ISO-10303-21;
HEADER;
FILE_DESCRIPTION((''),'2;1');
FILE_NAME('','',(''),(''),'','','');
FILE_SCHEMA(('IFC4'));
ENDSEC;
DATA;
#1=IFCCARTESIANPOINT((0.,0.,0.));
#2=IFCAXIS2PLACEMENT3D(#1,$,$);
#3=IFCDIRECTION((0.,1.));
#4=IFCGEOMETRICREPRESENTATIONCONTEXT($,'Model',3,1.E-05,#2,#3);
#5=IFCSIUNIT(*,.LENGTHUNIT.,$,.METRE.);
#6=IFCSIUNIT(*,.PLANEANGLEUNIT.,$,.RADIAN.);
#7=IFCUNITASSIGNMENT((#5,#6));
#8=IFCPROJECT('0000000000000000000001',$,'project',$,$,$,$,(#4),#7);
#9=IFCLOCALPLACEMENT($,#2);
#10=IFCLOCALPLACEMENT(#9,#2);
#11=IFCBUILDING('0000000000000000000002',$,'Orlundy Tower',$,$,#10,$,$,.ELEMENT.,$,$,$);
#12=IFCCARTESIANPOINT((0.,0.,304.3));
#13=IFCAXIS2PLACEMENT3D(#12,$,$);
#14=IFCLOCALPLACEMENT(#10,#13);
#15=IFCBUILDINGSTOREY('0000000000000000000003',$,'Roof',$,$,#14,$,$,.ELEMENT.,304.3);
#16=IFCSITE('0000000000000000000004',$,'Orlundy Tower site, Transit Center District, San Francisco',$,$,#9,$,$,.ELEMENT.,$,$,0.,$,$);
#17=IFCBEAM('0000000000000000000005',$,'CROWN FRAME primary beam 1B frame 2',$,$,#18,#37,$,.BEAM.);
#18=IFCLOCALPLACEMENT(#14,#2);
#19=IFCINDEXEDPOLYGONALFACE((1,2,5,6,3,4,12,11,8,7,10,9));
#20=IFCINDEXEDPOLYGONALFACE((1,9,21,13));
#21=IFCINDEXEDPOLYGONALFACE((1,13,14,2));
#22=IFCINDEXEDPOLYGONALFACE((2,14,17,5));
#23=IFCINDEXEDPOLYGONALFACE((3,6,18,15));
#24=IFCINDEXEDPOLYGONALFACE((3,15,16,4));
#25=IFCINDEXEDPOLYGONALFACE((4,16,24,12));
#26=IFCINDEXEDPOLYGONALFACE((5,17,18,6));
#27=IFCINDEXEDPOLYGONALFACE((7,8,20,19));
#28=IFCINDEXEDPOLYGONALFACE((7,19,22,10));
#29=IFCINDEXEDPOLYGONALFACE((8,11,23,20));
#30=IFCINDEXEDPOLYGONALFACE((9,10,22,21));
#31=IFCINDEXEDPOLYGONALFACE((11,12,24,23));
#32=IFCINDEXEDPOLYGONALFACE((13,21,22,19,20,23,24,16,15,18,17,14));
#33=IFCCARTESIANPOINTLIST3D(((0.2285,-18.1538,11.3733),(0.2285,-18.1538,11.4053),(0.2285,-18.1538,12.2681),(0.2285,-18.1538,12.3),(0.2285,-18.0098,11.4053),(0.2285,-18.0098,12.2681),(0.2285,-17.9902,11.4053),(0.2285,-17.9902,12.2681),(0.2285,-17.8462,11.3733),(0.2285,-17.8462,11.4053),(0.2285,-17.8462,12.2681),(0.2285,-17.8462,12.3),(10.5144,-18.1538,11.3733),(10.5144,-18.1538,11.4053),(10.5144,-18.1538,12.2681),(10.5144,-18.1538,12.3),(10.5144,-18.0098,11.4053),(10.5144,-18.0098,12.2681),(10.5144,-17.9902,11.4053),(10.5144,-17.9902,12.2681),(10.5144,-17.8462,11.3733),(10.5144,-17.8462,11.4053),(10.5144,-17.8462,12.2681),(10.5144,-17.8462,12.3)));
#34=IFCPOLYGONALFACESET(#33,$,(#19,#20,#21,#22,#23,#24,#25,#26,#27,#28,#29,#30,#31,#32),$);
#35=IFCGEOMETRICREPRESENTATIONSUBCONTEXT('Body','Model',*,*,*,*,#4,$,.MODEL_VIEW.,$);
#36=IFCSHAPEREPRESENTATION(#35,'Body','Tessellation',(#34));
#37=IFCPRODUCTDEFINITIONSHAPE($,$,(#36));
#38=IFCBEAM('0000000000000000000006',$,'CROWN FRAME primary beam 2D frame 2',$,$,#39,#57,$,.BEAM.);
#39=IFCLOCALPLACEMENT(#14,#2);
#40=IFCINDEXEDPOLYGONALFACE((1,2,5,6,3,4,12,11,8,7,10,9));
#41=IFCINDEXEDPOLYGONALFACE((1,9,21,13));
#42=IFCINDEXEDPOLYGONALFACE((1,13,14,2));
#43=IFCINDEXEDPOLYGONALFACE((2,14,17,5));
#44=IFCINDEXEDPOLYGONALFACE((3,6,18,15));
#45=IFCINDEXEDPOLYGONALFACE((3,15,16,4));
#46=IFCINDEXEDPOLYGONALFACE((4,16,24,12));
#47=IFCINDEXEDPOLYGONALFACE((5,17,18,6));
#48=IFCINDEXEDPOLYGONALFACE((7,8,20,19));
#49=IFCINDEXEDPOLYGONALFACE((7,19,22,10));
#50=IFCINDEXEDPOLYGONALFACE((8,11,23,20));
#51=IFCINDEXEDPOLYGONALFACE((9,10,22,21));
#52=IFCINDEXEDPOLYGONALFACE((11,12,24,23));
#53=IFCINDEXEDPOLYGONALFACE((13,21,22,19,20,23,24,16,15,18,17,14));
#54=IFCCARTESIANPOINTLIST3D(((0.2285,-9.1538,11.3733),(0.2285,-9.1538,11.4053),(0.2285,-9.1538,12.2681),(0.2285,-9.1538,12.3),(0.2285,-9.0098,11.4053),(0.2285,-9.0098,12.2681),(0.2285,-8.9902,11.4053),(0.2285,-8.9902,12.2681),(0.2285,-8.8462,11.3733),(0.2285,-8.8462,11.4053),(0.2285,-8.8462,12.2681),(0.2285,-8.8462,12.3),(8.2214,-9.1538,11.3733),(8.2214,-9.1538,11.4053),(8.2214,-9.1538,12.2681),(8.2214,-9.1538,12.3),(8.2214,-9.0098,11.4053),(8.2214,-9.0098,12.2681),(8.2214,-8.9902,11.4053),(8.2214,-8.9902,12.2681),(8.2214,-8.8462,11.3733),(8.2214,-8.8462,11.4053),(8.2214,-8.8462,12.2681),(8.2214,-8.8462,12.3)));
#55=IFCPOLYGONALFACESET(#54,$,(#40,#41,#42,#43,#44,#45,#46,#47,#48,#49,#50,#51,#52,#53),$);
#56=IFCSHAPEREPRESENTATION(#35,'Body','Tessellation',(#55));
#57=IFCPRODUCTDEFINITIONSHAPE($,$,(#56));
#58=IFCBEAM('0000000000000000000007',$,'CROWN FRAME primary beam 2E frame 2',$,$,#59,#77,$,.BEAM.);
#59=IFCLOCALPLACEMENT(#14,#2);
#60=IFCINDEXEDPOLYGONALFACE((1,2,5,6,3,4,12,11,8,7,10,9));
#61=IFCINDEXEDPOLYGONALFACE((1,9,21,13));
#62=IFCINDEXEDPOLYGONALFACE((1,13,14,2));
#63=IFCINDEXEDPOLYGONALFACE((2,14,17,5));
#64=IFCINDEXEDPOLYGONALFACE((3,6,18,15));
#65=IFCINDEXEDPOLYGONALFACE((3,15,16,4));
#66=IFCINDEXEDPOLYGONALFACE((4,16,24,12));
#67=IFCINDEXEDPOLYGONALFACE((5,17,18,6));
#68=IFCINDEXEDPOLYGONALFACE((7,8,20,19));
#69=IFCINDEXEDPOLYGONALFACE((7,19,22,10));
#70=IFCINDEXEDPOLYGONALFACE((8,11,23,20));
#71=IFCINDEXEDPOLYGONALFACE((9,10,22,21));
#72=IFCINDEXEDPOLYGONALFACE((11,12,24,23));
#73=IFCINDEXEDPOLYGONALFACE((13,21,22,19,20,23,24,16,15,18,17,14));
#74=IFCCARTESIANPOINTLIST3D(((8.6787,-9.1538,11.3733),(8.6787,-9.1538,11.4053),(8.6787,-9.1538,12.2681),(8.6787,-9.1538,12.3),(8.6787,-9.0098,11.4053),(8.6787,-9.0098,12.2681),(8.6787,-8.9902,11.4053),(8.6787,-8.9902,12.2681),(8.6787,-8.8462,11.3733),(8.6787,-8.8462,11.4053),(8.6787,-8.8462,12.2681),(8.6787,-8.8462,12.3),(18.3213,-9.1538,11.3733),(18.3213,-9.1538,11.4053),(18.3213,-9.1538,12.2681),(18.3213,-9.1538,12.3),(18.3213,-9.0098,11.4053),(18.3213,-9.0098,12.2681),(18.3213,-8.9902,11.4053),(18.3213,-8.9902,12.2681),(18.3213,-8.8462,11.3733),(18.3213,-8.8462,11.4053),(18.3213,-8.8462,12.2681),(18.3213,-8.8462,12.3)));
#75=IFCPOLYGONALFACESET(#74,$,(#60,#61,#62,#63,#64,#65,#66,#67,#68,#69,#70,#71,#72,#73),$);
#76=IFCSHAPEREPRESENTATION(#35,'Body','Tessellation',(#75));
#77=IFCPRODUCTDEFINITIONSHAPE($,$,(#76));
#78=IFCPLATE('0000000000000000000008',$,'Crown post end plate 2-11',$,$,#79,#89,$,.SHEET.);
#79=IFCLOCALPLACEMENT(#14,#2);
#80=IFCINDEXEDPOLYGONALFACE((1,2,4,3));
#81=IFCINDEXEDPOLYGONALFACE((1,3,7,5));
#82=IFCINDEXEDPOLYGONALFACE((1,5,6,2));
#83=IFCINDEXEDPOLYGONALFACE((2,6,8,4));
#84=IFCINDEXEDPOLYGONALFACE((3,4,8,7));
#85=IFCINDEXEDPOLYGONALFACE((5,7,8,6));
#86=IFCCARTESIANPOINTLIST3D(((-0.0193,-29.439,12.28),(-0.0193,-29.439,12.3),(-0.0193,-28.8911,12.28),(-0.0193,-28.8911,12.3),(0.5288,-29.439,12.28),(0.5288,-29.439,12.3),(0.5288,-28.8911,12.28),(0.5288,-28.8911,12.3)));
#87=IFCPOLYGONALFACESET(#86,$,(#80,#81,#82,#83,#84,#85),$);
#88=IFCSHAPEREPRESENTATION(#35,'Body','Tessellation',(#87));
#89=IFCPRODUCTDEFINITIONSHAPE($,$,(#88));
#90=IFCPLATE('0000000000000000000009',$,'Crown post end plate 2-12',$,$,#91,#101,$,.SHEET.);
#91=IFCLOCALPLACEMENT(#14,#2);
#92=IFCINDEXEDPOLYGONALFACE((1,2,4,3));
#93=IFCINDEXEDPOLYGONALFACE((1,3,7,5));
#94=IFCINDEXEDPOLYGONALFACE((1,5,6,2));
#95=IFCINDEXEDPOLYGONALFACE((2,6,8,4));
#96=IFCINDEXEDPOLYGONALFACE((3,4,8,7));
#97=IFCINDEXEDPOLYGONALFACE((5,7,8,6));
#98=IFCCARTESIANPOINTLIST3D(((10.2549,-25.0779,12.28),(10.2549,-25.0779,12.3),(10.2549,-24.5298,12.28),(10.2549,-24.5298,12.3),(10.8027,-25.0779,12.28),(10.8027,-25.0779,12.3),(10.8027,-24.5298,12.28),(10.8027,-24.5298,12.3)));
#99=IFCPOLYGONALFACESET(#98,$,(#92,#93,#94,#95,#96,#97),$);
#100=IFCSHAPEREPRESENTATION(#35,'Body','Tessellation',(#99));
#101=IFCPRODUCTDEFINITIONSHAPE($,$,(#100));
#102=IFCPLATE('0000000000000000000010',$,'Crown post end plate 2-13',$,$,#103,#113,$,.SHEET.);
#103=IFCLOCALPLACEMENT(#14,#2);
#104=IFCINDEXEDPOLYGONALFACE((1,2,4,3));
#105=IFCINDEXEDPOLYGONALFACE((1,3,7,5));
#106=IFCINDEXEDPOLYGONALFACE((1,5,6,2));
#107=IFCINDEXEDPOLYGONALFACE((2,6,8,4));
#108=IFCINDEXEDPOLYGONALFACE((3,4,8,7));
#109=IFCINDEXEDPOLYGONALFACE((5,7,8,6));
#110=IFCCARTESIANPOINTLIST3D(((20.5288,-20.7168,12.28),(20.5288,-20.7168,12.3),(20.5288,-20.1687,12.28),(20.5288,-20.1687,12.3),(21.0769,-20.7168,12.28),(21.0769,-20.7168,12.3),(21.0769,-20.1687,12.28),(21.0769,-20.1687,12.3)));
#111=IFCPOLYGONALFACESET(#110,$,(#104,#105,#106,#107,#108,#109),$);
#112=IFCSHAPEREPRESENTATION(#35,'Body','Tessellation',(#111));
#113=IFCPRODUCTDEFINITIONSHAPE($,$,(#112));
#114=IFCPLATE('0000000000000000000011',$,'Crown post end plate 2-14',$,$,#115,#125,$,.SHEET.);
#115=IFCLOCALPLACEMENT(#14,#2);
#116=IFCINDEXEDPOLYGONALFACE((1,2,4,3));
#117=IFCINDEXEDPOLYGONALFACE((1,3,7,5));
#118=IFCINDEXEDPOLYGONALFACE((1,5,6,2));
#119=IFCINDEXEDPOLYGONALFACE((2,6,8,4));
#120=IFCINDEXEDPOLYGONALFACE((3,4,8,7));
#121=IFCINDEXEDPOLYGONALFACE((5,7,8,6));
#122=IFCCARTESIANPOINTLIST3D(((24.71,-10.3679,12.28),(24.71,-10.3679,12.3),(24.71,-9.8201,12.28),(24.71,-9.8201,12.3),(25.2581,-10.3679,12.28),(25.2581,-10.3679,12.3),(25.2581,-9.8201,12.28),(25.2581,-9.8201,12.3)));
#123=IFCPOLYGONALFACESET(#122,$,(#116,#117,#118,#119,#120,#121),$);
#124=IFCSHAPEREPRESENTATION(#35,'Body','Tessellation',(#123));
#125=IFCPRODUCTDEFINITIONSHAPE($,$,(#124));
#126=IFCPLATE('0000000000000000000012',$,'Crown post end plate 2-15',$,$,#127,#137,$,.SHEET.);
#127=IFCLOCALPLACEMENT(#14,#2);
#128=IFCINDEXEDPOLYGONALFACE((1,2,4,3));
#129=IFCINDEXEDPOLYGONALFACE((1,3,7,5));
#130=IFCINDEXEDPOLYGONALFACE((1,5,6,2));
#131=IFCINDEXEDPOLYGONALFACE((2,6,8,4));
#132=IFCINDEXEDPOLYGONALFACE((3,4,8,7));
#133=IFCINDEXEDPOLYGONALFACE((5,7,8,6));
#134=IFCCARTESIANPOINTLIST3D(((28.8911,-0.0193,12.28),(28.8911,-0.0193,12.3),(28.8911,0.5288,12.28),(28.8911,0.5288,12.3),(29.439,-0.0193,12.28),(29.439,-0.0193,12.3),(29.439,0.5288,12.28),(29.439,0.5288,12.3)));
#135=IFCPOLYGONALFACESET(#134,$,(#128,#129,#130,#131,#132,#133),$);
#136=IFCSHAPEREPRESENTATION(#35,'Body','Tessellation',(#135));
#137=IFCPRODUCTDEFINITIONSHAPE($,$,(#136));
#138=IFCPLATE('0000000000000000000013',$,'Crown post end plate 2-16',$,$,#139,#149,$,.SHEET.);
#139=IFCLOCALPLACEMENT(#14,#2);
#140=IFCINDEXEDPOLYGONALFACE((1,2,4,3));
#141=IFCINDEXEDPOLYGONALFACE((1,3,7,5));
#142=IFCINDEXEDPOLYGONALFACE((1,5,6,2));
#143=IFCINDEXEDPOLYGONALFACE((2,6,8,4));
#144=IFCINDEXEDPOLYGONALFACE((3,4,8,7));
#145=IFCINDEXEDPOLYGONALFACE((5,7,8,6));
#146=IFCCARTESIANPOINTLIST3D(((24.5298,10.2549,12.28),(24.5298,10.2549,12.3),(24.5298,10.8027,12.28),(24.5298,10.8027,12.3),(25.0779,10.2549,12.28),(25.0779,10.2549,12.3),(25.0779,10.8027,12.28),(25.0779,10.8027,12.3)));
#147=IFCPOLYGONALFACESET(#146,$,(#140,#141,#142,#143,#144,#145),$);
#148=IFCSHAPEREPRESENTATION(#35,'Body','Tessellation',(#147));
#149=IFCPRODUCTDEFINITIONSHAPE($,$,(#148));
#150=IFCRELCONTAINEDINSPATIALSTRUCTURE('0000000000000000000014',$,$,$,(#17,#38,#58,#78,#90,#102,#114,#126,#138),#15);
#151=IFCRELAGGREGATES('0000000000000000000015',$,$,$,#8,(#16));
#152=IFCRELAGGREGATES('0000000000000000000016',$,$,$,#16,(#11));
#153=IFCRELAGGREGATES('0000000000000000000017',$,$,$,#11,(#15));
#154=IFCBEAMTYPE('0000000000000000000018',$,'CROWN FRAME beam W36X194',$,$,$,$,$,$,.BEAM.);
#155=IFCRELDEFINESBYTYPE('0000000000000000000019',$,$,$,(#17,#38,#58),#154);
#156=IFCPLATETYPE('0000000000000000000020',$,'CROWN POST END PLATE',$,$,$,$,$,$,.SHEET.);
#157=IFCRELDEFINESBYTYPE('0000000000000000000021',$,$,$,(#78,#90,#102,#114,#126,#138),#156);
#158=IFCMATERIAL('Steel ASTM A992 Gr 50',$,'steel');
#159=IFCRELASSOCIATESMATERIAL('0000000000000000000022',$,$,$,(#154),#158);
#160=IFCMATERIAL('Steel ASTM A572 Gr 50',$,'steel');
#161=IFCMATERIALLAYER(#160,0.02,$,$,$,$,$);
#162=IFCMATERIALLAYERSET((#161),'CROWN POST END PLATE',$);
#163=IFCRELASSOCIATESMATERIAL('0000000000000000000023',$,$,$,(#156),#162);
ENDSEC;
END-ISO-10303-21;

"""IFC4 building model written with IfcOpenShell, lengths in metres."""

from ifc_helpers import new_model, si_unit, direction, frame, origin, origin_2d, place, context, subcontext, project, spatial, polyline, i_section, outline, extrude, material, layer, layer_set, material_profile, profile_set, type_object, element, save


model = new_model("IFC4")

# Units and contexts
model_context = context("Model", 3, precision=1e-05, world=origin(), true_north=direction((0.0, 1.0)))
body_context = subcontext(model_context, "Body", "Model", "MODEL_VIEW")
ifc_project = project(units=[si_unit("LENGTHUNIT", "METRE"), si_unit("PLANEANGLEUNIT", "RADIAN")], contexts=[model_context])

# Site, building, storey
site_placement = place(None, origin())
site = spatial("IfcSite", under=ifc_project, at=site_placement, Name="Orlundy Tower site, Transit Center District, San Francisco", CompositionType="ELEMENT", RefElevation=0.0)
building_placement = place(site_placement, origin())
building = spatial("IfcBuilding", under=site, at=building_placement, Name="Orlundy Tower", CompositionType="ELEMENT")
storey_placement = place(building_placement, frame((0.0, 0.0, 304.3)))
storey = spatial("IfcBuildingStorey", under=building, at=storey_placement, Name="Roof", CompositionType="ELEMENT", Elevation=304.3)

# Beams
ifc_material_1 = material(Name="Steel ASTM A992 Gr 50", Category="steel")
ifc_material_profile_1 = material_profile(ifc_material_1, i_section(OverallWidth=0.3076, OverallDepth=0.9268, WebThickness=0.0195, FlangeThickness=0.032, at=origin_2d()), Name="W36X194")
ifc_profile_set_1 = profile_set([ifc_material_profile_1], Name="Steel ASTM A992 Gr 50")
beam_type = type_object("IfcBeamType", Name="CROWN FRAME beam W36X194", PredefinedType="BEAM", material=ifc_profile_set_1)
beam_1_placement = place(storey_placement, frame((0.2285, -18.0, 11.8367), z_axis=(1.0, 0.0, 0.0), x_axis=(0.0, 1.0, 0.0)))
element("IfcBeam", 1, at=beam_1_placement, inside=storey, type_object=beam_type, Name="CROWN FRAME primary beam 1B frame 2", PredefinedType="BEAM", context=body_context, shape_type="SweptSolid", body=[
    extrude(i_section(OverallWidth=0.3076, OverallDepth=0.9268, WebThickness=0.0195, FlangeThickness=0.032, at=origin_2d()), origin(), (0.0, 0.0, 1.0), 10.2859),
])
beam_2_placement = place(storey_placement, frame((0.2285, -9.0, 11.8367), z_axis=(1.0, 0.0, 0.0), x_axis=(0.0, 1.0, 0.0)))
element("IfcBeam", 2, at=beam_2_placement, inside=storey, type_object=beam_type, Name="CROWN FRAME primary beam 2D frame 2", PredefinedType="BEAM", context=body_context, shape_type="SweptSolid", body=[
    extrude(i_section(OverallWidth=0.3076, OverallDepth=0.9268, WebThickness=0.0195, FlangeThickness=0.032, at=origin_2d()), origin(), (0.0, 0.0, 1.0), 7.9929),
])
beam_3_placement = place(storey_placement, frame((8.6787, -9.0, 11.8367), z_axis=(1.0, 0.0, 0.0), x_axis=(0.0, 1.0, 0.0)))
element("IfcBeam", 3, at=beam_3_placement, inside=storey, type_object=beam_type, Name="CROWN FRAME primary beam 2E frame 2", PredefinedType="BEAM", context=body_context, shape_type="SweptSolid", body=[
    extrude(i_section(OverallWidth=0.3076, OverallDepth=0.9268, WebThickness=0.0195, FlangeThickness=0.032, at=origin_2d()), origin(), (0.0, 0.0, 1.0), 9.6426),
])

# Plates
ifc_material_2 = material(Name="Steel ASTM A572 Gr 50", Category="steel")
ifc_layer = layer(ifc_material_2, 0.02)
ifc_layer_set = layer_set([ifc_layer], Name="CROWN POST END PLATE")
plate_type = type_object("IfcPlateType", Name="CROWN POST END PLATE", PredefinedType="SHEET", material=ifc_layer_set)
plate_1_placement = place(storey_placement, frame((0.0, 0.0, 12.28)))
element("IfcPlate", 4, at=plate_1_placement, inside=storey, type_object=plate_type, Name="Crown post end plate 2-11", PredefinedType="SHEET", context=body_context, shape_type="SweptSolid", body=[
    extrude(outline(polyline([(-0.0193, -29.439), (0.5288, -29.439), (0.5288, -28.8911), (-0.0193, -28.8911), (-0.0193, -29.439)])), origin(), (0.0, 0.0, 1.0), 0.02),
])
plate_2_placement = place(storey_placement, frame((0.0, 0.0, 12.28)))
element("IfcPlate", 5, at=plate_2_placement, inside=storey, type_object=plate_type, Name="Crown post end plate 2-12", PredefinedType="SHEET", context=body_context, shape_type="SweptSolid", body=[
    extrude(outline(polyline([(10.2549, -25.0779), (10.8027, -25.0779), (10.8027, -24.5298), (10.2549, -24.5298), (10.2549, -25.0779)])), origin(), (0.0, 0.0, 1.0), 0.02),
])
plate_3_placement = place(storey_placement, frame((0.0, 0.0, 12.28)))
element("IfcPlate", 6, at=plate_3_placement, inside=storey, type_object=plate_type, Name="Crown post end plate 2-13", PredefinedType="SHEET", context=body_context, shape_type="SweptSolid", body=[
    extrude(outline(polyline([(20.5288, -20.7168), (21.0769, -20.7168), (21.0769, -20.1687), (20.5288, -20.1687), (20.5288, -20.7168)])), origin(), (0.0, 0.0, 1.0), 0.02),
])
plate_4_placement = place(storey_placement, frame((0.0, 0.0, 12.28)))
element("IfcPlate", 7, at=plate_4_placement, inside=storey, type_object=plate_type, Name="Crown post end plate 2-14", PredefinedType="SHEET", context=body_context, shape_type="SweptSolid", body=[
    extrude(outline(polyline([(24.71, -10.3679), (25.2581, -10.3679), (25.2581, -9.8201), (24.71, -9.8201), (24.71, -10.3679)])), origin(), (0.0, 0.0, 1.0), 0.02),
])
plate_5_placement = place(storey_placement, frame((0.0, 0.0, 12.28)))
element("IfcPlate", 8, at=plate_5_placement, inside=storey, type_object=plate_type, Name="Crown post end plate 2-15", PredefinedType="SHEET", context=body_context, shape_type="SweptSolid", body=[
    extrude(outline(polyline([(28.8911, -0.0193), (29.439, -0.0193), (29.439, 0.5288), (28.8911, 0.5288), (28.8911, -0.0193)])), origin(), (0.0, 0.0, 1.0), 0.02),
])
plate_6_placement = place(storey_placement, frame((0.0, 0.0, 12.28)))
element("IfcPlate", 9, at=plate_6_placement, inside=storey, type_object=plate_type, Name="Crown post end plate 2-16", PredefinedType="SHEET", context=body_context, shape_type="SweptSolid", body=[
    extrude(outline(polyline([(24.5298, 10.2549), (25.0779, 10.2549), (25.0779, 10.8027), (24.5298, 10.8027), (24.5298, 10.2549)])), origin(), (0.0, 0.0, 1.0), 0.02),
])

save(model, "model.ifc")
